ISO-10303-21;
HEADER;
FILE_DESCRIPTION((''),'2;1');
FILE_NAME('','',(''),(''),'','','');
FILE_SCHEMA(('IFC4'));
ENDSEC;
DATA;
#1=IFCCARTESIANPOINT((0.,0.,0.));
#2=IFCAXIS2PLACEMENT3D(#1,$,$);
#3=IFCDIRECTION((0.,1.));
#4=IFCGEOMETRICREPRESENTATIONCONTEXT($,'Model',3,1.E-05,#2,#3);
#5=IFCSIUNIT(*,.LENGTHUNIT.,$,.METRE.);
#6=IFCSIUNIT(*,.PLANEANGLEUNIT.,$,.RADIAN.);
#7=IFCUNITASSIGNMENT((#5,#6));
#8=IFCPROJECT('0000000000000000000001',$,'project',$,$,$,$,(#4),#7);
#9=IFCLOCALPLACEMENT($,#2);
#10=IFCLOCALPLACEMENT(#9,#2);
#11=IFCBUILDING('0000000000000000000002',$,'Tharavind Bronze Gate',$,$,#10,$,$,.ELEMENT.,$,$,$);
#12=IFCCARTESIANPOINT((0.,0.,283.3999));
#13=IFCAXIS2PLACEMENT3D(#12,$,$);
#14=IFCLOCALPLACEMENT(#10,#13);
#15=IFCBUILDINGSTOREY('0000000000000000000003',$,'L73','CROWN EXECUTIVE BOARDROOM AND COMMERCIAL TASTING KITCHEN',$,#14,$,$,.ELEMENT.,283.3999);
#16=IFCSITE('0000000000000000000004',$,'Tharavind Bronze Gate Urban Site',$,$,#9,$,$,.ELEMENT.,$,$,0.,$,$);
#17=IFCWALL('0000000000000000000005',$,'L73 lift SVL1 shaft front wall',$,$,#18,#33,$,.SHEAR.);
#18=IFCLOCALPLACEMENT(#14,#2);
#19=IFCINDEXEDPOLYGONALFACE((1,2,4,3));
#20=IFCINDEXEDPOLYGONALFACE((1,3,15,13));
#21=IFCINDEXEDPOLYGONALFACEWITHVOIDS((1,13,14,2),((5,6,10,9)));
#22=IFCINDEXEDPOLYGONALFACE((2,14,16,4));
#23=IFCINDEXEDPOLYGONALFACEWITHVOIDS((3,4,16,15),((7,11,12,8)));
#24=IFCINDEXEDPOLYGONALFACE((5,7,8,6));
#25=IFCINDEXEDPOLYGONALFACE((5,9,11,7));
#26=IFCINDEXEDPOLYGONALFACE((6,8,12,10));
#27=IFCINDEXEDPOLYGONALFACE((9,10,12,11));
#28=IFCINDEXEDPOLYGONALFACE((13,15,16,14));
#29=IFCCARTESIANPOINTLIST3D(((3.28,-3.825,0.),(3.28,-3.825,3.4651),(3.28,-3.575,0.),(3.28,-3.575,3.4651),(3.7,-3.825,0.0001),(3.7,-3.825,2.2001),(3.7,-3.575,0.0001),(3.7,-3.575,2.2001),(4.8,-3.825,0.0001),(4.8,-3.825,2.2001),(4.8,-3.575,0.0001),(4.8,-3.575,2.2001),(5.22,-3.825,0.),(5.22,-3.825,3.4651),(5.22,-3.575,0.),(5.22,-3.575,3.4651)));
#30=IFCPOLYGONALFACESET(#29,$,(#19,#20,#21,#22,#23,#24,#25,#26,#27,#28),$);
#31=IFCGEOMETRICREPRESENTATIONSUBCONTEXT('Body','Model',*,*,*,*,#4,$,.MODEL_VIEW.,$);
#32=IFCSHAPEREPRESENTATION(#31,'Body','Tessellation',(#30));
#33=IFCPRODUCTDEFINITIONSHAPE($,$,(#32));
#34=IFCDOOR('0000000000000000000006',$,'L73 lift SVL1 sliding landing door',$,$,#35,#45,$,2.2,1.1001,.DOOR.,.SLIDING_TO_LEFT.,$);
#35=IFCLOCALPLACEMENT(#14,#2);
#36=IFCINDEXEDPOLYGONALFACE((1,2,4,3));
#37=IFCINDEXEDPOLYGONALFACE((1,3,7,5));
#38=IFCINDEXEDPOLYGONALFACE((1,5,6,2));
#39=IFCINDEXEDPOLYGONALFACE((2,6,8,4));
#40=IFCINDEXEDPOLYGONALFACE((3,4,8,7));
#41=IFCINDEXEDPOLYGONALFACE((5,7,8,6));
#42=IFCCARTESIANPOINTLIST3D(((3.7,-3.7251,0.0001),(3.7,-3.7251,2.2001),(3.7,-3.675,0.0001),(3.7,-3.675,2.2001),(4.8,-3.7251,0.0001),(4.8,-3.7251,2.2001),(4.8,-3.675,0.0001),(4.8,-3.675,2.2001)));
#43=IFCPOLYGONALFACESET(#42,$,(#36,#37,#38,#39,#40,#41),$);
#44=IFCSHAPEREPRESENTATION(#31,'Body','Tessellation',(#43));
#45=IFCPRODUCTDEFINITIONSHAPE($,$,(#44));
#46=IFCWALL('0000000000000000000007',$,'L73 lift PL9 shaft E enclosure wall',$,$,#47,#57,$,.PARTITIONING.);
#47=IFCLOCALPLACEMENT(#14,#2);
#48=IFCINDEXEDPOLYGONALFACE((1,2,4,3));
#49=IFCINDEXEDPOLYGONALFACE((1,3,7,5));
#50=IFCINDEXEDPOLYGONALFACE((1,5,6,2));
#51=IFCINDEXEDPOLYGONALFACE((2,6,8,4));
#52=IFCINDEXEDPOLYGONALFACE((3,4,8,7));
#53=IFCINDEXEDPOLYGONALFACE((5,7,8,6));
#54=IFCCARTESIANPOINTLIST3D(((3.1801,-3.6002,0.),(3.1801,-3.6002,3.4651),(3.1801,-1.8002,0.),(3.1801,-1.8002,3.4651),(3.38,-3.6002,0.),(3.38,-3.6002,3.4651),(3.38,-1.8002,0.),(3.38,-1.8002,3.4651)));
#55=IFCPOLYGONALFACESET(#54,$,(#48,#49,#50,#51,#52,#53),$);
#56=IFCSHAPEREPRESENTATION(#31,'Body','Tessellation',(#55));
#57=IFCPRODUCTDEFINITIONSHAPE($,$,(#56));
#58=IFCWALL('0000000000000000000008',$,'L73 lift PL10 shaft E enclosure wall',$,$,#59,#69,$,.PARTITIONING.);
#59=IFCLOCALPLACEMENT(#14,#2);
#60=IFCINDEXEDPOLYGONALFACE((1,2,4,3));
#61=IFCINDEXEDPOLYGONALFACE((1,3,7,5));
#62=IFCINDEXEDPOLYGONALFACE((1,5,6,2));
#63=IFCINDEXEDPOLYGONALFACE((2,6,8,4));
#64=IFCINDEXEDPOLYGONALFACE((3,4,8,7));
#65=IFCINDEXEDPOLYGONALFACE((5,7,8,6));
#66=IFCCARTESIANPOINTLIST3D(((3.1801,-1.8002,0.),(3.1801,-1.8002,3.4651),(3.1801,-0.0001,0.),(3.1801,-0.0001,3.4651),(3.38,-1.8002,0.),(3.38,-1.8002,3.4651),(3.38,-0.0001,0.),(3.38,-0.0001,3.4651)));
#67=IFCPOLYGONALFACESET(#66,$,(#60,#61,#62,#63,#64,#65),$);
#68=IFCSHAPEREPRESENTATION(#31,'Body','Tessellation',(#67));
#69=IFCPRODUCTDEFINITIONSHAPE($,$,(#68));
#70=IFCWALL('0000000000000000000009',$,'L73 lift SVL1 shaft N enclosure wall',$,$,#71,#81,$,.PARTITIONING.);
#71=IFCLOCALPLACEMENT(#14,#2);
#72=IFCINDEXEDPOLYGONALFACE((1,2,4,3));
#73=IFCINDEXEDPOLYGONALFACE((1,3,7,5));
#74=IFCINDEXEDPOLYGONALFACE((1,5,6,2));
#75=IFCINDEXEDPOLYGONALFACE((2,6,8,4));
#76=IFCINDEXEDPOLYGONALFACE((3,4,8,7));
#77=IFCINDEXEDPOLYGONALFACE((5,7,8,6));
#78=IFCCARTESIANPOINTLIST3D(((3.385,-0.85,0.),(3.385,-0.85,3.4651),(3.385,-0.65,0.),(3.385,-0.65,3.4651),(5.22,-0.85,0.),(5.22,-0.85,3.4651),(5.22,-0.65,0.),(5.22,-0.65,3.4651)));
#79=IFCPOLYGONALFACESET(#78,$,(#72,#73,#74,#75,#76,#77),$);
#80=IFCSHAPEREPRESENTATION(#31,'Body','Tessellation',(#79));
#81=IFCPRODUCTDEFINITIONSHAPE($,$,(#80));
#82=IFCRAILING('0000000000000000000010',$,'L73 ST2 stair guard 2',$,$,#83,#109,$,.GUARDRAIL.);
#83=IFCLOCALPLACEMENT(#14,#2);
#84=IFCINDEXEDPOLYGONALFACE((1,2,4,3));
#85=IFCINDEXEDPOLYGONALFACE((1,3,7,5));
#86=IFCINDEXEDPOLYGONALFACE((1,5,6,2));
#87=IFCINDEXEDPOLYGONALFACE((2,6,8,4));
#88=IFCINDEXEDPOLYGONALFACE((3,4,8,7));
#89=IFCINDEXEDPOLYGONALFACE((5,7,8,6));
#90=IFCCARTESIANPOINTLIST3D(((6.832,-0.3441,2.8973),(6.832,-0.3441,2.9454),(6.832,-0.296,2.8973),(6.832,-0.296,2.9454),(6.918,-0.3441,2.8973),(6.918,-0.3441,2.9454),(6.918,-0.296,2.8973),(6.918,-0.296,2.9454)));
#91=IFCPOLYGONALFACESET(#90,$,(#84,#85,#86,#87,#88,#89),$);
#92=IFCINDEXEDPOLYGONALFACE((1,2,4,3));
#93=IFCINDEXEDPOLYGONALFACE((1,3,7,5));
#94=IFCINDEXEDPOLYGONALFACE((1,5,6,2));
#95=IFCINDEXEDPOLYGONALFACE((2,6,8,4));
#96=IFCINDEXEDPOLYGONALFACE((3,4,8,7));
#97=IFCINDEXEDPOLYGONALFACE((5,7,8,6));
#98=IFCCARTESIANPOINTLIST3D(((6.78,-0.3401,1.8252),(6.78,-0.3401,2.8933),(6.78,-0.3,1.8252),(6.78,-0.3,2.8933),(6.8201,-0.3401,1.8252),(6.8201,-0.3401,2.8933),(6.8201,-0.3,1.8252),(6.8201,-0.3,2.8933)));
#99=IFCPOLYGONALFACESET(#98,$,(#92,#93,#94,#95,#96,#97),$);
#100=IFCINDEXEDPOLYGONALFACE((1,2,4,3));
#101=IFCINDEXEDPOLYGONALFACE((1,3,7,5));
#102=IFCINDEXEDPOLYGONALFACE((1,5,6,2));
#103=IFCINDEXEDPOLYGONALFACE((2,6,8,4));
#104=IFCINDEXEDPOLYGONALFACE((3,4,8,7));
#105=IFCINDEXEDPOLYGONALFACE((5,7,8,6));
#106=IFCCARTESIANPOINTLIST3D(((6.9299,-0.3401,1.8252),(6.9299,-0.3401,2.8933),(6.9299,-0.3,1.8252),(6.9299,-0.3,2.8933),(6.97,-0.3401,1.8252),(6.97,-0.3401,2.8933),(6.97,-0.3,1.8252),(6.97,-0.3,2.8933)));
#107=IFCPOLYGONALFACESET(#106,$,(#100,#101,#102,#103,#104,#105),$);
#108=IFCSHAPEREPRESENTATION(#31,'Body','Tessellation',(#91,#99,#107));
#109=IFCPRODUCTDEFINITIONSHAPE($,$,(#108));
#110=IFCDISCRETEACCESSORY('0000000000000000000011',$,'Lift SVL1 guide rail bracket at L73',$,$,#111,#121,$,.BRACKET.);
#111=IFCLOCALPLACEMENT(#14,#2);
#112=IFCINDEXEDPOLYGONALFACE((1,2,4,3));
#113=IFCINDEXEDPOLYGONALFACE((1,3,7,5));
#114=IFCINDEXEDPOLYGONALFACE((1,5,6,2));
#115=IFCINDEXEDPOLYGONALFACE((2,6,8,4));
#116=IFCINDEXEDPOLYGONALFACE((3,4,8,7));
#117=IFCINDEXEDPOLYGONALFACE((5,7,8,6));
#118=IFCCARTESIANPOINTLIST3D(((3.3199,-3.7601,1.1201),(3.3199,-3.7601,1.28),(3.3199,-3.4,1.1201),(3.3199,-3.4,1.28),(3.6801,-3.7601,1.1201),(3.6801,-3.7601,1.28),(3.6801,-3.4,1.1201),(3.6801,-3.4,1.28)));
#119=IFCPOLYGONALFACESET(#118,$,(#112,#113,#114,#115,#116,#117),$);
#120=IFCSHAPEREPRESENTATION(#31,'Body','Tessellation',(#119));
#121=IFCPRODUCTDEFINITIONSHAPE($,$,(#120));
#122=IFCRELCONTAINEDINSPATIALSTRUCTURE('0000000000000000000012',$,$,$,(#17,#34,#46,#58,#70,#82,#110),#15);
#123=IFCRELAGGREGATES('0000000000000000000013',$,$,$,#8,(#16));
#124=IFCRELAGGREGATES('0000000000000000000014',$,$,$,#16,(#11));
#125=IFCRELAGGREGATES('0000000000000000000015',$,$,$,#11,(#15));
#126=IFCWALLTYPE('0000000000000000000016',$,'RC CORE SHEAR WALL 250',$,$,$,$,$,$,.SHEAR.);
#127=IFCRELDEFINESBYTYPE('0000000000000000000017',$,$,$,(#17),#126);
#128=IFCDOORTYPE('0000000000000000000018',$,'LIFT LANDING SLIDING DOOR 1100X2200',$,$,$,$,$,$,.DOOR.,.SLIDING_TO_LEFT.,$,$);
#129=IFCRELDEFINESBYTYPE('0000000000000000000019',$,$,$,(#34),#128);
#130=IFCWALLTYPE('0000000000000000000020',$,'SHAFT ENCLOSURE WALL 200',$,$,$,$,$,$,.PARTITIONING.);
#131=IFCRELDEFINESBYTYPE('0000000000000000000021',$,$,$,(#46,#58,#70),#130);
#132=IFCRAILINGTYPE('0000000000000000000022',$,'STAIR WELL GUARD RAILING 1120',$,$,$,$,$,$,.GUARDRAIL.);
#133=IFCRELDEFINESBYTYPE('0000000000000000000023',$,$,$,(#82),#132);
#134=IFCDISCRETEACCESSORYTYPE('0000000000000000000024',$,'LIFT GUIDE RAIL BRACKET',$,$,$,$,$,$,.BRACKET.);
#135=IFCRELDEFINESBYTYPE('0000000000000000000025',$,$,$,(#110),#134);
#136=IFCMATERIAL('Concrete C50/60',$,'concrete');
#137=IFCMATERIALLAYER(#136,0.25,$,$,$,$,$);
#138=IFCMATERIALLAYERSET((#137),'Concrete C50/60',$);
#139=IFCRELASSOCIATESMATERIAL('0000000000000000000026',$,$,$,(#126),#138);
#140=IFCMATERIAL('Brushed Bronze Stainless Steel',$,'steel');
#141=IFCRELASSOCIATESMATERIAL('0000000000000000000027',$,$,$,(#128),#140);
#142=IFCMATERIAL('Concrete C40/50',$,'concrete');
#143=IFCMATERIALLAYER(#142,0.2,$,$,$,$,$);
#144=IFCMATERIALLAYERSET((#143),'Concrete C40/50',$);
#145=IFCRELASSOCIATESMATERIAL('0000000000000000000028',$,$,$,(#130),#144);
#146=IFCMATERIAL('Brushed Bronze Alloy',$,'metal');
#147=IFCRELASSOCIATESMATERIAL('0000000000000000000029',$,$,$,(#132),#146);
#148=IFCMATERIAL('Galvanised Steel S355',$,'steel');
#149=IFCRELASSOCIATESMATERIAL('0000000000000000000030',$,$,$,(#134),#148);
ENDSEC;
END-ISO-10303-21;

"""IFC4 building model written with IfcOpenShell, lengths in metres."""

from ifc_helpers import new_model, si_unit, direction, frame, frame_2d, origin, origin_2d, place, context, subcontext, project, spatial, rectangle, extrude, material, layer, layer_set, type_object, element, fill, save


model = new_model("IFC4")

# Units and contexts
model_context = context("Model", 3, precision=1e-05, world=origin(), true_north=direction((0.0, 1.0)))
body_context = subcontext(model_context, "Body", "Model", "MODEL_VIEW")
ifc_project = project(units=[si_unit("LENGTHUNIT", "METRE"), si_unit("PLANEANGLEUNIT", "RADIAN")], contexts=[model_context])

# Site, building, storey
site_placement = place(None, origin())
site = spatial("IfcSite", under=ifc_project, at=site_placement, Name="Tharavind Bronze Gate Urban Site", CompositionType="ELEMENT", RefElevation=0.0)
building_placement = place(site_placement, origin())
building = spatial("IfcBuilding", under=site, at=building_placement, Name="Tharavind Bronze Gate", CompositionType="ELEMENT")
storey_placement = place(building_placement, frame((0.0, 0.0, 283.3999)))
storey = spatial("IfcBuildingStorey", under=building, at=storey_placement, Name="L73", Description="CROWN EXECUTIVE BOARDROOM AND COMMERCIAL TASTING KITCHEN", CompositionType="ELEMENT", Elevation=283.3999)

# Shared definitions
ifc_material_1 = material(Name="Concrete C50/60", Category="concrete")

# Shared definitions
ifc_layer_1 = layer(ifc_material_1, 0.25)
ifc_layer_set_1 = layer_set([ifc_layer_1], Name="Concrete C50/60")
wall_type_1 = type_object("IfcWallType", Name="RC CORE SHEAR WALL 250", PredefinedType="SHEAR", material=ifc_layer_set_1)

# Wall, opening, door
wall_1_placement = place(storey_placement, frame((3.28, -3.7, 0.0), z_axis=(0.0, 0.0, 1.0), x_axis=(1.0, 0.0, 0.0)))
wall_1 = element("IfcWall", 1, at=wall_1_placement, inside=storey, type_object=wall_type_1, Name="L73 lift SVL1 shaft front wall", PredefinedType="SHEAR", context=body_context, shape_type="SweptSolid", body=[
    extrude(rectangle(XDim=1.9399, YDim=0.25, at=frame_2d((0.97, 0.0))), origin(), (0.0, 0.0, 1.0), 3.4651),
])
opening_placement = place(wall_1_placement, frame((0.4199, 0.0, 0.0)))
opening = element("IfcOpeningElement", 2, at=opening_placement, cuts=wall_1, PredefinedType="OPENING", context=body_context, shape_type="SweptSolid", body=[
    extrude(rectangle(XDim=1.1001, YDim=2.2, at=frame_2d((0.55, 1.1001))), frame((0.0, 0.135, 0.0), z_axis=(0.0, -1.0, 0.0), x_axis=(1.0, 0.0, 0.0)), (0.0, 0.0, 1.0), 0.27),
])
ifc_material_2 = material(Name="Brushed Bronze Stainless Steel", Category="steel")
door_type = type_object("IfcDoorType", Name="LIFT LANDING SLIDING DOOR 1100X2200", OperationType="SLIDING_TO_LEFT", PredefinedType="DOOR", material=ifc_material_2)
door_placement = place(opening_placement, origin())
door = element("IfcDoor", 3, at=door_placement, inside=storey, type_object=door_type, Name="L73 lift SVL1 sliding landing door", OperationType="SLIDING_TO_LEFT", OverallHeight=2.2, OverallWidth=1.1001, PredefinedType="DOOR", context=body_context, shape_type="SweptSolid", body=[
    extrude(rectangle(XDim=1.1001, YDim=2.2, at=frame_2d((0.55, 1.1001))), frame((0.0, 0.0249, 0.0), z_axis=(0.0, -1.0, 0.0), x_axis=(1.0, 0.0, 0.0)), (0.0, 0.0, 1.0), 0.05),
])
fill(opening, door)

# Walls
ifc_material_3 = material(Name="Concrete C40/50", Category="concrete")
ifc_layer_2 = layer(ifc_material_3, 0.2)
ifc_layer_set_2 = layer_set([ifc_layer_2], Name="Concrete C40/50")
wall_type_2 = type_object("IfcWallType", Name="SHAFT ENCLOSURE WALL 200", PredefinedType="PARTITIONING", material=ifc_layer_set_2)
for number, where, z_axis, x_axis, name in (
    (4, (3.28, -3.6001, 0.0), (0.0, 0.0, 1.0), (0.0, 1.0, 0.0), "L73 lift PL9 shaft E enclosure wall"),
    (5, (3.28, -1.8, 0.0), (0.0, 0.0, 1.0), (0.0, 1.0, 0.0), "L73 lift PL10 shaft E enclosure wall"),
):
    element("IfcWall", number, at=place(storey_placement, frame(where, z_axis=z_axis, x_axis=x_axis)), inside=storey, type_object=wall_type_2, Name=name, PredefinedType="PARTITIONING", context=body_context, shape_type="SweptSolid", body=[
        extrude(rectangle(XDim=1.8, YDim=0.2, at=frame_2d((0.8999, 0.0))), origin(), (0.0, 0.0, 1.0), 3.4651),
    ])
wall_2_placement = place(storey_placement, frame((3.385, -0.75, 0.0), z_axis=(0.0, 0.0, 1.0), x_axis=(1.0, 0.0, 0.0)))
element("IfcWall", 6, at=wall_2_placement, inside=storey, type_object=wall_type_2, Name="L73 lift SVL1 shaft N enclosure wall", PredefinedType="PARTITIONING", context=body_context, shape_type="SweptSolid", body=[
    extrude(rectangle(XDim=1.835, YDim=0.2, at=frame_2d((0.9175, 0.0))), origin(), (0.0, 0.0, 1.0), 3.4651),
])

# Railing
ifc_material_4 = material(Name="Brushed Bronze Alloy", Category="metal")
railing_type = type_object("IfcRailingType", Name="STAIR WELL GUARD RAILING 1120", PredefinedType="GUARDRAIL", material=ifc_material_4)
railing_placement = place(storey_placement, frame((6.8, -0.3201, 1.8252)))
element("IfcRailing", 7, at=railing_placement, inside=storey, type_object=railing_type, Name="L73 ST2 stair guard 2", PredefinedType="GUARDRAIL", context=body_context, shape_type="SweptSolid", body=[
    extrude(rectangle(XDim=0.0481, YDim=0.0481, at=origin_2d()), frame((0.032, 0.0, 1.0962), z_axis=(1.0, 0.0, 0.0), x_axis=(0.0, 1.0, 0.0)), (0.0, 0.0, 1.0), 0.0859),
    extrude(rectangle(XDim=0.04, YDim=0.04, at=origin_2d()), origin(), (0.0, 0.0, 1.0), 1.0681),
    extrude(rectangle(XDim=0.04, YDim=0.04, at=origin_2d()), frame((0.1499, 0.0, 0.0)), (0.0, 0.0, 1.0), 1.0681),
])

# Discrete accessory
ifc_material_5 = material(Name="Galvanised Steel S355", Category="steel")
discrete_accessory_type = type_object("IfcDiscreteAccessoryType", Name="LIFT GUIDE RAIL BRACKET", PredefinedType="BRACKET", material=ifc_material_5)
discrete_accessory_placement = place(storey_placement, frame((3.5, -3.5801, 1.1201), z_axis=(0.0, 0.0, 1.0), x_axis=(1.0, 0.0, 0.0)))
element("IfcDiscreteAccessory", 8, at=discrete_accessory_placement, inside=storey, type_object=discrete_accessory_type, Name="Lift SVL1 guide rail bracket at L73", PredefinedType="BRACKET", context=body_context, shape_type="SweptSolid", body=[
    extrude(rectangle(XDim=0.3601, YDim=0.3601, at=origin_2d()), origin(), (0.0, 0.0, 1.0), 0.1599),
])

save(model, "model.ifc")
